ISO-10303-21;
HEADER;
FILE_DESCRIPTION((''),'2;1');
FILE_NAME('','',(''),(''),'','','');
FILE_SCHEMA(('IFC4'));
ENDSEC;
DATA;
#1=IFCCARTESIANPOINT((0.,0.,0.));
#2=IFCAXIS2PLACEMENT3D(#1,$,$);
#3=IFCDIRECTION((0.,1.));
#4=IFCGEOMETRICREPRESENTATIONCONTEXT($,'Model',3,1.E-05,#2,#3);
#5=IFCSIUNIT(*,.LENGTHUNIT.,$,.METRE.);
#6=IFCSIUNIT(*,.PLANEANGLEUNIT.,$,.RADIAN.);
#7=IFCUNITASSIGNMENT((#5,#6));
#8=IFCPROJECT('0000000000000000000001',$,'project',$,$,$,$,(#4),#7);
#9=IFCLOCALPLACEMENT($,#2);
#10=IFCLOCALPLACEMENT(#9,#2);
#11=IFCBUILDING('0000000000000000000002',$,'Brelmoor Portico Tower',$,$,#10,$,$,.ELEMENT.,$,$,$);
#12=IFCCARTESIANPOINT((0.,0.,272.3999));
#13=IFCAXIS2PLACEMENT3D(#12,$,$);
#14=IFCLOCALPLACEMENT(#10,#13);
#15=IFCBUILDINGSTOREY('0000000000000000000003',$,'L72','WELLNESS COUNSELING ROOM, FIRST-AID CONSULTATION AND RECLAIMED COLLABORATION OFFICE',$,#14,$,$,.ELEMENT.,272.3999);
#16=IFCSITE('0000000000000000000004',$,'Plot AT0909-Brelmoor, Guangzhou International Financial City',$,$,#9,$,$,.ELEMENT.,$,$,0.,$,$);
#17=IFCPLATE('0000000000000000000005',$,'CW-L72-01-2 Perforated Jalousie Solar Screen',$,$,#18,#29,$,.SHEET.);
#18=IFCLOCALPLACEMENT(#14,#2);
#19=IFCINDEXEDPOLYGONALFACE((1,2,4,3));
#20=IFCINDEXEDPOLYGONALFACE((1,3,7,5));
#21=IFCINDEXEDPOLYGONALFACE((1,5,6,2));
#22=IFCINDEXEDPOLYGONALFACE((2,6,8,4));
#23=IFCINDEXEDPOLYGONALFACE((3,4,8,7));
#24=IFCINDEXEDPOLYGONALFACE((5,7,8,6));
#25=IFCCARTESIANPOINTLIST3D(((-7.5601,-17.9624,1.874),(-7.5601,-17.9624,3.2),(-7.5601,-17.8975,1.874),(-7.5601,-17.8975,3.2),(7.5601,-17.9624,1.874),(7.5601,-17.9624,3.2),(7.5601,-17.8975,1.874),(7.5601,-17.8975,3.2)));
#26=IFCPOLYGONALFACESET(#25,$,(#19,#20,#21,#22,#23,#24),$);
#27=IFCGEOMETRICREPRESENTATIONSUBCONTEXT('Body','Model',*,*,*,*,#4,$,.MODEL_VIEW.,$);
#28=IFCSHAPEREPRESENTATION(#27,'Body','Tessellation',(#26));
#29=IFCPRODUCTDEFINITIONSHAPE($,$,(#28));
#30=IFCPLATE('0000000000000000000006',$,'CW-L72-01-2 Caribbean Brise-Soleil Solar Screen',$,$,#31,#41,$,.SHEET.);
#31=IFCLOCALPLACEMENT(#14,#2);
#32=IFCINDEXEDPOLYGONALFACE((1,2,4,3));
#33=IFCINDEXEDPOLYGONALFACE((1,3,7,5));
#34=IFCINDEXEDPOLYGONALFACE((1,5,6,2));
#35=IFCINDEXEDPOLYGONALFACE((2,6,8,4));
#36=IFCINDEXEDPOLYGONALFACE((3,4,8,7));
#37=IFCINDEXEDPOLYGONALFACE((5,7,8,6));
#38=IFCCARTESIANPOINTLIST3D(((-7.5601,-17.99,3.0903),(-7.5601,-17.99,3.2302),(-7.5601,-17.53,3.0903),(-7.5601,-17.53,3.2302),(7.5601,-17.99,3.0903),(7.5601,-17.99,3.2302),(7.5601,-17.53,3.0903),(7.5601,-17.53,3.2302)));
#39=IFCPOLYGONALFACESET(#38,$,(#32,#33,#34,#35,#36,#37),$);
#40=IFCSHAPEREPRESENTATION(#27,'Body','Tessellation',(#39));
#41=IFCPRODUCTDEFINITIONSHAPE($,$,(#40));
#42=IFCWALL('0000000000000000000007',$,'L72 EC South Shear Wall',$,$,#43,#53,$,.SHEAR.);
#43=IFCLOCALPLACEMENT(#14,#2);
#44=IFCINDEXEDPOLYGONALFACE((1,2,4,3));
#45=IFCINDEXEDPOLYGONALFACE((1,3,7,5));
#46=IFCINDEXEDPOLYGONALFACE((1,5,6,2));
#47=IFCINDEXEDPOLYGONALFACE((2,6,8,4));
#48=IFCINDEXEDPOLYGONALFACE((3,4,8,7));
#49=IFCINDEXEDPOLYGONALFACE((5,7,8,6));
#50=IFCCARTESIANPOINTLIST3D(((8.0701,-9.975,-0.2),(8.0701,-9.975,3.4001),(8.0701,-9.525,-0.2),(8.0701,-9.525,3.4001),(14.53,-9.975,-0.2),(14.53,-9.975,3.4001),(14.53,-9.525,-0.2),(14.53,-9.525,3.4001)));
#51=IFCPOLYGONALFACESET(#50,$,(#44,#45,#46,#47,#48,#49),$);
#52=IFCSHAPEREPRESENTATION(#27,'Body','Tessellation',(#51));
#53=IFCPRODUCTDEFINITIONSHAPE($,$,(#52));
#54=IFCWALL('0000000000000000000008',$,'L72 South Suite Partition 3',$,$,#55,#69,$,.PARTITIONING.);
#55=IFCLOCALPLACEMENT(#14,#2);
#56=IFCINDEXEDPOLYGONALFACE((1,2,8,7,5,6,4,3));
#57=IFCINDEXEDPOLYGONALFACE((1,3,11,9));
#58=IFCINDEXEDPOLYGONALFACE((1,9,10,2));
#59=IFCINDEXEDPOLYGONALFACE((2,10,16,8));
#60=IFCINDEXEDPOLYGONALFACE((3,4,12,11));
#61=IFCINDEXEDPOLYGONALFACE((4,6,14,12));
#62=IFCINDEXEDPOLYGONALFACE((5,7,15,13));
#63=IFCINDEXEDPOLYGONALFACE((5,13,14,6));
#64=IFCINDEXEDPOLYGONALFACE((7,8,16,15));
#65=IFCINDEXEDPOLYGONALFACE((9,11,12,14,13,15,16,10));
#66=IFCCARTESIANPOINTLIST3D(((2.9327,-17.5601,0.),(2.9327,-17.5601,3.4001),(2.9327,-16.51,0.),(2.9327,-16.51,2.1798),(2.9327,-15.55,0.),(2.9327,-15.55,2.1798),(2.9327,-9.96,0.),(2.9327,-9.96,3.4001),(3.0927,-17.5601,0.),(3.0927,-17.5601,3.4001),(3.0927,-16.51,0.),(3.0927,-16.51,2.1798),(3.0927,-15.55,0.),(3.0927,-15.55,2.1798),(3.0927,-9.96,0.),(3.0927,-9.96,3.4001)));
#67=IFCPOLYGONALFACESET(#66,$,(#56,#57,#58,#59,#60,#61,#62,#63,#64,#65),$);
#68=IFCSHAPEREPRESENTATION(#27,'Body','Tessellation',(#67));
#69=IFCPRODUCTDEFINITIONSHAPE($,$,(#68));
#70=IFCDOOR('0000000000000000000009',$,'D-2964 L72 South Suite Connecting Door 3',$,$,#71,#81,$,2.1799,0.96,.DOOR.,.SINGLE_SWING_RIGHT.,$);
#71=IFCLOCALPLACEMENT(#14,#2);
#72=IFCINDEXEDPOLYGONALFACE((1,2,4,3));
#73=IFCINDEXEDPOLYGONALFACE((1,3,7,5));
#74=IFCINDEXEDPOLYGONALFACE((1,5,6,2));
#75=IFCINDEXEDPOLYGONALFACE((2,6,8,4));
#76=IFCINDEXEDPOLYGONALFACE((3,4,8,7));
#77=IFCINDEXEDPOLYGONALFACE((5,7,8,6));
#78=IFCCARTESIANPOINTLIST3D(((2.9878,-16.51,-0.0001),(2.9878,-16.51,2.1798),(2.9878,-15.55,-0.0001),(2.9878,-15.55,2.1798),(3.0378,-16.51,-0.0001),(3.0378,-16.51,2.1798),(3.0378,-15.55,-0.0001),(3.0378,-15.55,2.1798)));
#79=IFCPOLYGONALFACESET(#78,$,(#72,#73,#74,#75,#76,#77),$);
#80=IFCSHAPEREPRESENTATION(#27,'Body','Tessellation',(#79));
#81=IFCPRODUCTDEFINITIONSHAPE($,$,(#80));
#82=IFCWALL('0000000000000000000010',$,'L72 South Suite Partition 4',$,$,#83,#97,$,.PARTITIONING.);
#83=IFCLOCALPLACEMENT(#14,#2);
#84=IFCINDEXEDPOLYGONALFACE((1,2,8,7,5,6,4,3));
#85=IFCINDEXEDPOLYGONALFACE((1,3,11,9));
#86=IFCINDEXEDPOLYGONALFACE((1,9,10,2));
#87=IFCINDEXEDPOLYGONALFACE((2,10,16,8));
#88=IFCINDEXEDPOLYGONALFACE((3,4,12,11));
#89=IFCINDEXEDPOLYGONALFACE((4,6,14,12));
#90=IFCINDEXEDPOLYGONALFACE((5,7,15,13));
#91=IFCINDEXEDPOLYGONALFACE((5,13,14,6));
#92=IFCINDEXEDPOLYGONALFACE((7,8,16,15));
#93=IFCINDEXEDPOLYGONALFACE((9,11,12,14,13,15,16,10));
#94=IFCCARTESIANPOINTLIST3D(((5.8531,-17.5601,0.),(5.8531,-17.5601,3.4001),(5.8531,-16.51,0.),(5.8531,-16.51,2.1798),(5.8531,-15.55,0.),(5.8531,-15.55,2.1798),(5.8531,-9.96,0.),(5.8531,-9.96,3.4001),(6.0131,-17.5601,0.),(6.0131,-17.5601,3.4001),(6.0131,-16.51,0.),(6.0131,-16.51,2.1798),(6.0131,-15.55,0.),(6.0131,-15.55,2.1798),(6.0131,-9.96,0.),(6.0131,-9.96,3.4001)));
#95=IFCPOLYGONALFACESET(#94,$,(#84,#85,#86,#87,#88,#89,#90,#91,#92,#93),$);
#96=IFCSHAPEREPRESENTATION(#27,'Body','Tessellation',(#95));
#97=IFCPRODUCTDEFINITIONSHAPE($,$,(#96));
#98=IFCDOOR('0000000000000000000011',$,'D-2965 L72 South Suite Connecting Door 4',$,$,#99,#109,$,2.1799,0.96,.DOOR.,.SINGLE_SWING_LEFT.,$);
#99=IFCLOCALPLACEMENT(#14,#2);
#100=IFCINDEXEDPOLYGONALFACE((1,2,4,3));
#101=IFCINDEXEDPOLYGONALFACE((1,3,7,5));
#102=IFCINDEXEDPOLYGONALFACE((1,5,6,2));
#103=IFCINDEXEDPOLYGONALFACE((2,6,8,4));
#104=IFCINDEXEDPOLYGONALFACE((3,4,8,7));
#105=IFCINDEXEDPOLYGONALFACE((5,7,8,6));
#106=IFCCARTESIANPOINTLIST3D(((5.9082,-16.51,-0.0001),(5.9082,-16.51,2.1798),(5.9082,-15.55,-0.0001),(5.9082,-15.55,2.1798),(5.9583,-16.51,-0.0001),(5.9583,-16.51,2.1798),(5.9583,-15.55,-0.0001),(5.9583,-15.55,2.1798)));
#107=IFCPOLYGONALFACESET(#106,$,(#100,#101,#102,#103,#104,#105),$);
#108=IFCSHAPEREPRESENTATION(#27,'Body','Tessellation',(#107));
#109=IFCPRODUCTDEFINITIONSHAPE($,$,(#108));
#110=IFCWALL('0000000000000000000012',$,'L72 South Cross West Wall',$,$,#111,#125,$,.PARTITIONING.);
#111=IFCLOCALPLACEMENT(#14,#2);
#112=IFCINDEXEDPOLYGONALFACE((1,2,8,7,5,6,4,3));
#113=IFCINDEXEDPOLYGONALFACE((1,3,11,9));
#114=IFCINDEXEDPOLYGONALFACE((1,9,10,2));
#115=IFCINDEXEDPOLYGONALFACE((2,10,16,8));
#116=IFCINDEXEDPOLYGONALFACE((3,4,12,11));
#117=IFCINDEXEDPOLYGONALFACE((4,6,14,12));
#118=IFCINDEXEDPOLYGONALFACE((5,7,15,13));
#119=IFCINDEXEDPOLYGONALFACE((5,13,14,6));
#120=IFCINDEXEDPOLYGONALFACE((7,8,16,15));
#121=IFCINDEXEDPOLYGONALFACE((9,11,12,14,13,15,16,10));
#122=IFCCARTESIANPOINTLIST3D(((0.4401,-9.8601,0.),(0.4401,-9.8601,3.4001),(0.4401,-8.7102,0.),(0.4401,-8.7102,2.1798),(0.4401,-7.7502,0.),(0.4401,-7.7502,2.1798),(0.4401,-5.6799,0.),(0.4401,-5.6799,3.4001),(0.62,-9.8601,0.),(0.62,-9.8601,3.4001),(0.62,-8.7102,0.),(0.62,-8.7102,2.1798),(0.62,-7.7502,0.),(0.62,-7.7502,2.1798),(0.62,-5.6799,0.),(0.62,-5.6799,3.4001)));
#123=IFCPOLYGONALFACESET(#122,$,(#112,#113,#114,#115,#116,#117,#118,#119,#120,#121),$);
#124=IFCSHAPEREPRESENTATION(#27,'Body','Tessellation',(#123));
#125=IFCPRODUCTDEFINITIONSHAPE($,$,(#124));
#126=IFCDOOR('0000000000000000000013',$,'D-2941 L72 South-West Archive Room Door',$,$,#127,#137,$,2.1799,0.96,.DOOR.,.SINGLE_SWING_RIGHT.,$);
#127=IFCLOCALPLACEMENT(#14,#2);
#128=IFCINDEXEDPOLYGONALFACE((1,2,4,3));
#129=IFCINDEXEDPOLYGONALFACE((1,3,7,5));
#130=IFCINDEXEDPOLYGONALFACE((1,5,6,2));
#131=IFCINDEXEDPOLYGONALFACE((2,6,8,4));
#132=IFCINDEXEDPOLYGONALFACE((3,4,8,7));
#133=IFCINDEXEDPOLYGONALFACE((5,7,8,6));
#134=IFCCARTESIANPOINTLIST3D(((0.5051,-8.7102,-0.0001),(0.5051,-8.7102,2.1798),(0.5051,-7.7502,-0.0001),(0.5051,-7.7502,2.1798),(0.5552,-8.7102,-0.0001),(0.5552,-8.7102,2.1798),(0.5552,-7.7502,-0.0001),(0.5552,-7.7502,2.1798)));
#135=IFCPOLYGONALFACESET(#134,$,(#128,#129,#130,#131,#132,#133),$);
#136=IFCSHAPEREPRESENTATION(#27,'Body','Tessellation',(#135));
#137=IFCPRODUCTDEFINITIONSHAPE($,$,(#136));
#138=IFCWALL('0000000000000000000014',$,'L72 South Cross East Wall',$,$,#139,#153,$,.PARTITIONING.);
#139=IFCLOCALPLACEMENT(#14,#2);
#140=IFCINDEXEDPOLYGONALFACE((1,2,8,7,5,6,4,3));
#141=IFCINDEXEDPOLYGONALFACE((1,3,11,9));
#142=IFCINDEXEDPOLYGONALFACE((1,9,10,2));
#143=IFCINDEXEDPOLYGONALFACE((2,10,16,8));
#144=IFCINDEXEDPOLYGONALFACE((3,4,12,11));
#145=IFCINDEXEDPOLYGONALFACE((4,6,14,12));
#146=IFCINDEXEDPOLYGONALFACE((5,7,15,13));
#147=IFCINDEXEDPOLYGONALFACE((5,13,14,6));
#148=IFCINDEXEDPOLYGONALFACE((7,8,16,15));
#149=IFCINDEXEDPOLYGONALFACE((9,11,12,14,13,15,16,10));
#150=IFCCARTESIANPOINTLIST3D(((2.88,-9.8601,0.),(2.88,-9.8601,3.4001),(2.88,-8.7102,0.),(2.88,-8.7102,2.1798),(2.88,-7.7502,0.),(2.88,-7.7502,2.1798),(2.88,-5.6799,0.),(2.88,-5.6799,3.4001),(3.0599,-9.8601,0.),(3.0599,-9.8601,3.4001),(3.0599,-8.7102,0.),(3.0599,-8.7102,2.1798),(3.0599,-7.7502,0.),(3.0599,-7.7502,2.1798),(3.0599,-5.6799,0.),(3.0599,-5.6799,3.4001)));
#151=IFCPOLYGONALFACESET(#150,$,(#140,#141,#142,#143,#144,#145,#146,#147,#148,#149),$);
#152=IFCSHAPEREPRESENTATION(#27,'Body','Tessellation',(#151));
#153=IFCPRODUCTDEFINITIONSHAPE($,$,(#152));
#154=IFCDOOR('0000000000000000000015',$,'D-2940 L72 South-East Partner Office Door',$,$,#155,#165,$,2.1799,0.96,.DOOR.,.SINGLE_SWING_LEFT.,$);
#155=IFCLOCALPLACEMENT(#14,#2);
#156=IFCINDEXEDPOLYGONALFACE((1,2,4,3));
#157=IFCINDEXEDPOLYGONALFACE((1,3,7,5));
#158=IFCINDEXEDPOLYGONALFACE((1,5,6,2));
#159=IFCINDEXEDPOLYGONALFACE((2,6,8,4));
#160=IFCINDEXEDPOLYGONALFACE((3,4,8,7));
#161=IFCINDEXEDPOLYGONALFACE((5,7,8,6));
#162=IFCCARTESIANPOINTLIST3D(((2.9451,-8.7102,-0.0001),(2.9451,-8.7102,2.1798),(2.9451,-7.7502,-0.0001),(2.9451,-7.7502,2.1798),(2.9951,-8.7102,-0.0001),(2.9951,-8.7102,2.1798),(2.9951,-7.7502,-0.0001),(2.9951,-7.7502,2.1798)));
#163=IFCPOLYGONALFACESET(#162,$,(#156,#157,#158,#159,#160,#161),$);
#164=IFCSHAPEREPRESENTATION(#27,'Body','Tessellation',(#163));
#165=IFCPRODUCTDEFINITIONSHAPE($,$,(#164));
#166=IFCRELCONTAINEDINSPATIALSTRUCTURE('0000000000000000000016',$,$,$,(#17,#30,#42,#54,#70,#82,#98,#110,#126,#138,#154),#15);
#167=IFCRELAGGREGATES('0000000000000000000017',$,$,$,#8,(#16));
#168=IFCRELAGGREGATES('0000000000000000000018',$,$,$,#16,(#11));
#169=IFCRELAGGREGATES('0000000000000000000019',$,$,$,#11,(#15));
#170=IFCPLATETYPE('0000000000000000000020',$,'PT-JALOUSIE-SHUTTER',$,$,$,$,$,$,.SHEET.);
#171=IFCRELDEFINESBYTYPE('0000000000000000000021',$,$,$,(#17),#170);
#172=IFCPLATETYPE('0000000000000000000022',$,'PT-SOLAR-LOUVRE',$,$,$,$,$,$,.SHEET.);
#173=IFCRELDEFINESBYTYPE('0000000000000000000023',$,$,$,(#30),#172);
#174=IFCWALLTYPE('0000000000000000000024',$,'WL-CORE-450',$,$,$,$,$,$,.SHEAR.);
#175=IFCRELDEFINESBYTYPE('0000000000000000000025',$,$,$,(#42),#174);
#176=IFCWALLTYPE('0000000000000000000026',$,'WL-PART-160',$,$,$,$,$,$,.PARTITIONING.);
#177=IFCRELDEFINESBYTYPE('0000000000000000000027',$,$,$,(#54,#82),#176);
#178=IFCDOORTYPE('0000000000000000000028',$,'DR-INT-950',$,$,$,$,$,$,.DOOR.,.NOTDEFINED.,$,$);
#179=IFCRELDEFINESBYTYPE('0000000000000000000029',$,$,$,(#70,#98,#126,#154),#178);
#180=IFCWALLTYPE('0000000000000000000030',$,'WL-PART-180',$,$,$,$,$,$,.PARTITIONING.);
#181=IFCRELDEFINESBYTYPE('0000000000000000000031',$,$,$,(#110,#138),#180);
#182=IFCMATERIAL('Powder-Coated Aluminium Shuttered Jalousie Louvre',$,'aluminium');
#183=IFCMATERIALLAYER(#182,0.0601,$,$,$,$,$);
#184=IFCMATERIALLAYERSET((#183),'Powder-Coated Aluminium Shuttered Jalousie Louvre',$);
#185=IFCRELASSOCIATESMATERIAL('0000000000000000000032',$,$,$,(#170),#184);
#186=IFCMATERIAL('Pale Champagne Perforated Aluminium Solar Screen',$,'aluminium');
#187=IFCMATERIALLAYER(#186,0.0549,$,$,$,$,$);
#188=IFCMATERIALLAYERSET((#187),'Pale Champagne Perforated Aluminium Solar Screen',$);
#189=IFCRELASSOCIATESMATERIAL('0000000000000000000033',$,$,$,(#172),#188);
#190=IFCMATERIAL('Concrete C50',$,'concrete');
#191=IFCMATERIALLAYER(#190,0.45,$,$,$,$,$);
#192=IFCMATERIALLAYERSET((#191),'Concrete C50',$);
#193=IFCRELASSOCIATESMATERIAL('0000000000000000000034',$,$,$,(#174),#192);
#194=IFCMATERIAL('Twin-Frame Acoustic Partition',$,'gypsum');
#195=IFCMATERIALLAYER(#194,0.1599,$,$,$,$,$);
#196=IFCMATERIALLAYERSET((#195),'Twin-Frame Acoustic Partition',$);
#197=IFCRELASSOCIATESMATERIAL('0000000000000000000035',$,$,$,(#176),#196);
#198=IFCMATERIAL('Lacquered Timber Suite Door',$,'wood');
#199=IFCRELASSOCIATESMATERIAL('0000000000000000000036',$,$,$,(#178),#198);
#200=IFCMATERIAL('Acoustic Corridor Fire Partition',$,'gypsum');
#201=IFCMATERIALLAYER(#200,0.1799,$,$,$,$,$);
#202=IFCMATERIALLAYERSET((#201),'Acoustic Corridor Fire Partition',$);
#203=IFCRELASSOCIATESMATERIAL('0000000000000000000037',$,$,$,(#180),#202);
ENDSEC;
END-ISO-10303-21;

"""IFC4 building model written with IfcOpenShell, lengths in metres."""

from ifc_helpers import new_model, si_unit, direction, frame, frame_2d, origin, origin_2d, place, context, subcontext, project, spatial, rectangle, extrude, material, layer, layer_set, type_object, element, fill, save


model = new_model("IFC4")

# Units and contexts
model_context = context("Model", 3, precision=1e-05, world=origin(), true_north=direction((0.0, 1.0)))
body_context = subcontext(model_context, "Body", "Model", "MODEL_VIEW")
ifc_project = project(units=[si_unit("LENGTHUNIT", "METRE"), si_unit("PLANEANGLEUNIT", "RADIAN")], contexts=[model_context])

# Site, building, storey
site_placement = place(None, origin())
site = spatial("IfcSite", under=ifc_project, at=site_placement, Name="Plot AT0909-Brelmoor, Guangzhou International Financial City", CompositionType="ELEMENT", RefElevation=0.0)
building_placement = place(site_placement, origin())
building = spatial("IfcBuilding", under=site, at=building_placement, Name="Brelmoor Portico Tower", CompositionType="ELEMENT")
storey_placement = place(building_placement, frame((0.0, 0.0, 272.3999)))
storey = spatial("IfcBuildingStorey", under=building, at=storey_placement, Name="L72", Description="WELLNESS COUNSELING ROOM, FIRST-AID CONSULTATION AND RECLAIMED COLLABORATION OFFICE", CompositionType="ELEMENT", Elevation=272.3999)

# Plates
ifc_material_1 = material(Name="Powder-Coated Aluminium Shuttered Jalousie Louvre", Category="aluminium")
ifc_layer_1 = layer(ifc_material_1, 0.0601)
ifc_layer_set_1 = layer_set([ifc_layer_1], Name="Powder-Coated Aluminium Shuttered Jalousie Louvre")
plate_type_1 = type_object("IfcPlateType", Name="PT-JALOUSIE-SHUTTER", PredefinedType="SHEET", material=ifc_layer_set_1)
plate_1_placement = place(storey_placement, frame((0.0, -17.9299, 1.874), z_axis=(0.0, 0.0, 1.0), x_axis=(1.0, 0.0, 0.0)))
element("IfcPlate", 1, at=plate_1_placement, inside=storey, type_object=plate_type_1, Name="CW-L72-01-2 Perforated Jalousie Solar Screen", PredefinedType="SHEET", context=body_context, shape_type="SweptSolid", body=[
    extrude(rectangle(XDim=15.1201, YDim=0.0649, at=origin_2d()), origin(), (0.0, 0.0, 1.0), 1.3259),
])
ifc_material_2 = material(Name="Pale Champagne Perforated Aluminium Solar Screen", Category="aluminium")
ifc_layer_2 = layer(ifc_material_2, 0.0549)
ifc_layer_set_2 = layer_set([ifc_layer_2], Name="Pale Champagne Perforated Aluminium Solar Screen")
plate_type_2 = type_object("IfcPlateType", Name="PT-SOLAR-LOUVRE", PredefinedType="SHEET", material=ifc_layer_set_2)
plate_2_placement = place(storey_placement, frame((0.0, -17.76, 3.0903), z_axis=(0.0, 0.0, 1.0), x_axis=(1.0, 0.0, 0.0)))
element("IfcPlate", 2, at=plate_2_placement, inside=storey, type_object=plate_type_2, Name="CW-L72-01-2 Caribbean Brise-Soleil Solar Screen", PredefinedType="SHEET", context=body_context, shape_type="SweptSolid", body=[
    extrude(rectangle(XDim=15.1201, YDim=0.46, at=origin_2d()), origin(), (0.0, 0.0, 1.0), 0.1399),
])

# Wall
ifc_material_3 = material(Name="Concrete C50", Category="concrete")
ifc_layer_3 = layer(ifc_material_3, 0.45)
ifc_layer_set_3 = layer_set([ifc_layer_3], Name="Concrete C50")
wall_type_1 = type_object("IfcWallType", Name="WL-CORE-450", PredefinedType="SHEAR", material=ifc_layer_set_3)
wall_1_placement = place(storey_placement, frame((8.0701, -9.75, -0.2), z_axis=(0.0, 0.0, 1.0), x_axis=(1.0, 0.0, 0.0)))
element("IfcWall", 3, at=wall_1_placement, inside=storey, type_object=wall_type_1, Name="L72 EC South Shear Wall", PredefinedType="SHEAR", context=body_context, shape_type="SweptSolid", body=[
    extrude(rectangle(XDim=6.46, YDim=0.45, at=frame_2d((3.23, 0.0))), origin(), (0.0, 0.0, 1.0), 3.6001),
])

# Walls, openings, doors
ifc_material_4 = material(Name="Twin-Frame Acoustic Partition", Category="gypsum")
ifc_layer_4 = layer(ifc_material_4, 0.1599)
ifc_layer_set_4 = layer_set([ifc_layer_4], Name="Twin-Frame Acoustic Partition")
wall_type_2 = type_object("IfcWallType", Name="WL-PART-160", PredefinedType="PARTITIONING", material=ifc_layer_set_4)
wall_2_placement = place(storey_placement, frame((3.0127, -17.5601, 0.0), z_axis=(0.0, 0.0, 1.0), x_axis=(0.0, 1.0, 0.0)))
wall_2 = element("IfcWall", 4, at=wall_2_placement, inside=storey, type_object=wall_type_2, Name="L72 South Suite Partition 3", PredefinedType="PARTITIONING", context=body_context, shape_type="SweptSolid", body=[
    extrude(rectangle(XDim=7.6001, YDim=0.1599, at=frame_2d((3.8, 0.0))), origin(), (0.0, 0.0, 1.0), 3.4001),
])
opening_1_placement = place(wall_2_placement, frame((1.05, 0.0, 0.0)))
opening_1 = element("IfcOpeningElement", 5, at=opening_1_placement, cuts=wall_2, PredefinedType="OPENING", context=body_context, shape_type="SweptSolid", body=[
    extrude(rectangle(XDim=0.96, YDim=2.1799, at=frame_2d((0.48, 1.0898))), frame((0.0, 0.0898, 0.0), z_axis=(0.0, -1.0, 0.0), x_axis=(1.0, 0.0, 0.0)), (0.0, 0.0, 1.0), 0.1799),
])
ifc_material_5 = material(Name="Lacquered Timber Suite Door", Category="wood")
door_type = type_object("IfcDoorType", Name="DR-INT-950", OperationType="NOTDEFINED", PredefinedType="DOOR", material=ifc_material_5)
door_1_placement = place(opening_1_placement, origin())
door_1 = element("IfcDoor", 6, at=door_1_placement, inside=storey, type_object=door_type, Name="D-2964 L72 South Suite Connecting Door 3", OperationType="SINGLE_SWING_RIGHT", OverallHeight=2.1799, OverallWidth=0.96, PredefinedType="DOOR", context=body_context, shape_type="SweptSolid", body=[
    extrude(rectangle(XDim=0.96, YDim=2.1799, at=frame_2d((0.48, 1.0898))), frame((0.0, 0.0249, 0.0), z_axis=(0.0, -1.0, 0.0), x_axis=(1.0, 0.0, 0.0)), (0.0, 0.0, 1.0), 0.05),
])
fill(opening_1, door_1)
wall_3_placement = place(storey_placement, frame((5.9331, -17.5601, 0.0), z_axis=(0.0, 0.0, 1.0), x_axis=(0.0, 1.0, 0.0)))
wall_3 = element("IfcWall", 7, at=wall_3_placement, inside=storey, type_object=wall_type_2, Name="L72 South Suite Partition 4", PredefinedType="PARTITIONING", context=body_context, shape_type="SweptSolid", body=[
    extrude(rectangle(XDim=7.6001, YDim=0.1599, at=frame_2d((3.8, 0.0))), origin(), (0.0, 0.0, 1.0), 3.4001),
])
opening_2_placement = place(wall_3_placement, frame((1.05, 0.0, 0.0)))
opening_2 = element("IfcOpeningElement", 8, at=opening_2_placement, cuts=wall_3, PredefinedType="OPENING", context=body_context, shape_type="SweptSolid", body=[
    extrude(rectangle(XDim=0.96, YDim=2.1799, at=frame_2d((0.48, 1.0898))), frame((0.0, 0.0898, 0.0), z_axis=(0.0, -1.0, 0.0), x_axis=(1.0, 0.0, 0.0)), (0.0, 0.0, 1.0), 0.1799),
])
door_2_placement = place(opening_2_placement, origin())
door_2 = element("IfcDoor", 9, at=door_2_placement, inside=storey, type_object=door_type, Name="D-2965 L72 South Suite Connecting Door 4", OperationType="SINGLE_SWING_LEFT", OverallHeight=2.1799, OverallWidth=0.96, PredefinedType="DOOR", context=body_context, shape_type="SweptSolid", body=[
    extrude(rectangle(XDim=0.96, YDim=2.1799, at=frame_2d((0.48, 1.0898))), frame((0.0, 0.0249, 0.0), z_axis=(0.0, -1.0, 0.0), x_axis=(1.0, 0.0, 0.0)), (0.0, 0.0, 1.0), 0.05),
])
fill(opening_2, door_2)
ifc_material_6 = material(Name="Acoustic Corridor Fire Partition", Category="gypsum")
ifc_layer_5 = layer(ifc_material_6, 0.1799)
ifc_layer_set_5 = layer_set([ifc_layer_5], Name="Acoustic Corridor Fire Partition")
wall_type_3 = type_object("IfcWallType", Name="WL-PART-180", PredefinedType="PARTITIONING", material=ifc_layer_set_5)
wall_4_placement = place(storey_placement, frame((0.53, -9.8601, 0.0), z_axis=(0.0, 0.0, 1.0), x_axis=(0.0, 1.0, 0.0)))
wall_4 = element("IfcWall", 10, at=wall_4_placement, inside=storey, type_object=wall_type_3, Name="L72 South Cross West Wall", PredefinedType="PARTITIONING", context=body_context, shape_type="SweptSolid", body=[
    extrude(rectangle(XDim=4.1802, YDim=0.1799, at=frame_2d((2.0901, 0.0))), origin(), (0.0, 0.0, 1.0), 3.4001),
])
opening_3_placement = place(wall_4_placement, frame((1.1499, 0.0, 0.0)))
opening_3 = element("IfcOpeningElement", 11, at=opening_3_placement, cuts=wall_4, PredefinedType="OPENING", context=body_context, shape_type="SweptSolid", body=[
    extrude(rectangle(XDim=0.96, YDim=2.1799, at=frame_2d((0.48, 1.0898))), frame((0.0, 0.0999, 0.0), z_axis=(0.0, -1.0, 0.0), x_axis=(1.0, 0.0, 0.0)), (0.0, 0.0, 1.0), 0.2),
])
door_3_placement = place(opening_3_placement, origin())
door_3 = element("IfcDoor", 12, at=door_3_placement, inside=storey, type_object=door_type, Name="D-2941 L72 South-West Archive Room Door", OperationType="SINGLE_SWING_RIGHT", OverallHeight=2.1799, OverallWidth=0.96, PredefinedType="DOOR", context=body_context, shape_type="SweptSolid", body=[
    extrude(rectangle(XDim=0.96, YDim=2.1799, at=frame_2d((0.48, 1.0898))), frame((0.0, 0.0249, 0.0), z_axis=(0.0, -1.0, 0.0), x_axis=(1.0, 0.0, 0.0)), (0.0, 0.0, 1.0), 0.05),
])
fill(opening_3, door_3)
wall_5_placement = place(storey_placement, frame((2.97, -9.8601, 0.0), z_axis=(0.0, 0.0, 1.0), x_axis=(0.0, 1.0, 0.0)))
wall_5 = element("IfcWall", 13, at=wall_5_placement, inside=storey, type_object=wall_type_3, Name="L72 South Cross East Wall", PredefinedType="PARTITIONING", context=body_context, shape_type="SweptSolid", body=[
    extrude(rectangle(XDim=4.1802, YDim=0.1799, at=frame_2d((2.0901, 0.0))), origin(), (0.0, 0.0, 1.0), 3.4001),
])
opening_4_placement = place(wall_5_placement, frame((1.1499, 0.0, 0.0)))
opening_4 = element("IfcOpeningElement", 14, at=opening_4_placement, cuts=wall_5, PredefinedType="OPENING", context=body_context, shape_type="SweptSolid", body=[
    extrude(rectangle(XDim=0.96, YDim=2.1799, at=frame_2d((0.48, 1.0898))), frame((0.0, 0.0999, 0.0), z_axis=(0.0, -1.0, 0.0), x_axis=(1.0, 0.0, 0.0)), (0.0, 0.0, 1.0), 0.2),
])
door_4_placement = place(opening_4_placement, origin())
door_4 = element("IfcDoor", 15, at=door_4_placement, inside=storey, type_object=door_type, Name="D-2940 L72 South-East Partner Office Door", OperationType="SINGLE_SWING_LEFT", OverallHeight=2.1799, OverallWidth=0.96, PredefinedType="DOOR", context=body_context, shape_type="SweptSolid", body=[
    extrude(rectangle(XDim=0.96, YDim=2.1799, at=frame_2d((0.48, 1.0898))), frame((0.0, 0.0249, 0.0), z_axis=(0.0, -1.0, 0.0), x_axis=(1.0, 0.0, 0.0)), (0.0, 0.0, 1.0), 0.05),
])
fill(opening_4, door_4)

save(model, "model.ifc")
